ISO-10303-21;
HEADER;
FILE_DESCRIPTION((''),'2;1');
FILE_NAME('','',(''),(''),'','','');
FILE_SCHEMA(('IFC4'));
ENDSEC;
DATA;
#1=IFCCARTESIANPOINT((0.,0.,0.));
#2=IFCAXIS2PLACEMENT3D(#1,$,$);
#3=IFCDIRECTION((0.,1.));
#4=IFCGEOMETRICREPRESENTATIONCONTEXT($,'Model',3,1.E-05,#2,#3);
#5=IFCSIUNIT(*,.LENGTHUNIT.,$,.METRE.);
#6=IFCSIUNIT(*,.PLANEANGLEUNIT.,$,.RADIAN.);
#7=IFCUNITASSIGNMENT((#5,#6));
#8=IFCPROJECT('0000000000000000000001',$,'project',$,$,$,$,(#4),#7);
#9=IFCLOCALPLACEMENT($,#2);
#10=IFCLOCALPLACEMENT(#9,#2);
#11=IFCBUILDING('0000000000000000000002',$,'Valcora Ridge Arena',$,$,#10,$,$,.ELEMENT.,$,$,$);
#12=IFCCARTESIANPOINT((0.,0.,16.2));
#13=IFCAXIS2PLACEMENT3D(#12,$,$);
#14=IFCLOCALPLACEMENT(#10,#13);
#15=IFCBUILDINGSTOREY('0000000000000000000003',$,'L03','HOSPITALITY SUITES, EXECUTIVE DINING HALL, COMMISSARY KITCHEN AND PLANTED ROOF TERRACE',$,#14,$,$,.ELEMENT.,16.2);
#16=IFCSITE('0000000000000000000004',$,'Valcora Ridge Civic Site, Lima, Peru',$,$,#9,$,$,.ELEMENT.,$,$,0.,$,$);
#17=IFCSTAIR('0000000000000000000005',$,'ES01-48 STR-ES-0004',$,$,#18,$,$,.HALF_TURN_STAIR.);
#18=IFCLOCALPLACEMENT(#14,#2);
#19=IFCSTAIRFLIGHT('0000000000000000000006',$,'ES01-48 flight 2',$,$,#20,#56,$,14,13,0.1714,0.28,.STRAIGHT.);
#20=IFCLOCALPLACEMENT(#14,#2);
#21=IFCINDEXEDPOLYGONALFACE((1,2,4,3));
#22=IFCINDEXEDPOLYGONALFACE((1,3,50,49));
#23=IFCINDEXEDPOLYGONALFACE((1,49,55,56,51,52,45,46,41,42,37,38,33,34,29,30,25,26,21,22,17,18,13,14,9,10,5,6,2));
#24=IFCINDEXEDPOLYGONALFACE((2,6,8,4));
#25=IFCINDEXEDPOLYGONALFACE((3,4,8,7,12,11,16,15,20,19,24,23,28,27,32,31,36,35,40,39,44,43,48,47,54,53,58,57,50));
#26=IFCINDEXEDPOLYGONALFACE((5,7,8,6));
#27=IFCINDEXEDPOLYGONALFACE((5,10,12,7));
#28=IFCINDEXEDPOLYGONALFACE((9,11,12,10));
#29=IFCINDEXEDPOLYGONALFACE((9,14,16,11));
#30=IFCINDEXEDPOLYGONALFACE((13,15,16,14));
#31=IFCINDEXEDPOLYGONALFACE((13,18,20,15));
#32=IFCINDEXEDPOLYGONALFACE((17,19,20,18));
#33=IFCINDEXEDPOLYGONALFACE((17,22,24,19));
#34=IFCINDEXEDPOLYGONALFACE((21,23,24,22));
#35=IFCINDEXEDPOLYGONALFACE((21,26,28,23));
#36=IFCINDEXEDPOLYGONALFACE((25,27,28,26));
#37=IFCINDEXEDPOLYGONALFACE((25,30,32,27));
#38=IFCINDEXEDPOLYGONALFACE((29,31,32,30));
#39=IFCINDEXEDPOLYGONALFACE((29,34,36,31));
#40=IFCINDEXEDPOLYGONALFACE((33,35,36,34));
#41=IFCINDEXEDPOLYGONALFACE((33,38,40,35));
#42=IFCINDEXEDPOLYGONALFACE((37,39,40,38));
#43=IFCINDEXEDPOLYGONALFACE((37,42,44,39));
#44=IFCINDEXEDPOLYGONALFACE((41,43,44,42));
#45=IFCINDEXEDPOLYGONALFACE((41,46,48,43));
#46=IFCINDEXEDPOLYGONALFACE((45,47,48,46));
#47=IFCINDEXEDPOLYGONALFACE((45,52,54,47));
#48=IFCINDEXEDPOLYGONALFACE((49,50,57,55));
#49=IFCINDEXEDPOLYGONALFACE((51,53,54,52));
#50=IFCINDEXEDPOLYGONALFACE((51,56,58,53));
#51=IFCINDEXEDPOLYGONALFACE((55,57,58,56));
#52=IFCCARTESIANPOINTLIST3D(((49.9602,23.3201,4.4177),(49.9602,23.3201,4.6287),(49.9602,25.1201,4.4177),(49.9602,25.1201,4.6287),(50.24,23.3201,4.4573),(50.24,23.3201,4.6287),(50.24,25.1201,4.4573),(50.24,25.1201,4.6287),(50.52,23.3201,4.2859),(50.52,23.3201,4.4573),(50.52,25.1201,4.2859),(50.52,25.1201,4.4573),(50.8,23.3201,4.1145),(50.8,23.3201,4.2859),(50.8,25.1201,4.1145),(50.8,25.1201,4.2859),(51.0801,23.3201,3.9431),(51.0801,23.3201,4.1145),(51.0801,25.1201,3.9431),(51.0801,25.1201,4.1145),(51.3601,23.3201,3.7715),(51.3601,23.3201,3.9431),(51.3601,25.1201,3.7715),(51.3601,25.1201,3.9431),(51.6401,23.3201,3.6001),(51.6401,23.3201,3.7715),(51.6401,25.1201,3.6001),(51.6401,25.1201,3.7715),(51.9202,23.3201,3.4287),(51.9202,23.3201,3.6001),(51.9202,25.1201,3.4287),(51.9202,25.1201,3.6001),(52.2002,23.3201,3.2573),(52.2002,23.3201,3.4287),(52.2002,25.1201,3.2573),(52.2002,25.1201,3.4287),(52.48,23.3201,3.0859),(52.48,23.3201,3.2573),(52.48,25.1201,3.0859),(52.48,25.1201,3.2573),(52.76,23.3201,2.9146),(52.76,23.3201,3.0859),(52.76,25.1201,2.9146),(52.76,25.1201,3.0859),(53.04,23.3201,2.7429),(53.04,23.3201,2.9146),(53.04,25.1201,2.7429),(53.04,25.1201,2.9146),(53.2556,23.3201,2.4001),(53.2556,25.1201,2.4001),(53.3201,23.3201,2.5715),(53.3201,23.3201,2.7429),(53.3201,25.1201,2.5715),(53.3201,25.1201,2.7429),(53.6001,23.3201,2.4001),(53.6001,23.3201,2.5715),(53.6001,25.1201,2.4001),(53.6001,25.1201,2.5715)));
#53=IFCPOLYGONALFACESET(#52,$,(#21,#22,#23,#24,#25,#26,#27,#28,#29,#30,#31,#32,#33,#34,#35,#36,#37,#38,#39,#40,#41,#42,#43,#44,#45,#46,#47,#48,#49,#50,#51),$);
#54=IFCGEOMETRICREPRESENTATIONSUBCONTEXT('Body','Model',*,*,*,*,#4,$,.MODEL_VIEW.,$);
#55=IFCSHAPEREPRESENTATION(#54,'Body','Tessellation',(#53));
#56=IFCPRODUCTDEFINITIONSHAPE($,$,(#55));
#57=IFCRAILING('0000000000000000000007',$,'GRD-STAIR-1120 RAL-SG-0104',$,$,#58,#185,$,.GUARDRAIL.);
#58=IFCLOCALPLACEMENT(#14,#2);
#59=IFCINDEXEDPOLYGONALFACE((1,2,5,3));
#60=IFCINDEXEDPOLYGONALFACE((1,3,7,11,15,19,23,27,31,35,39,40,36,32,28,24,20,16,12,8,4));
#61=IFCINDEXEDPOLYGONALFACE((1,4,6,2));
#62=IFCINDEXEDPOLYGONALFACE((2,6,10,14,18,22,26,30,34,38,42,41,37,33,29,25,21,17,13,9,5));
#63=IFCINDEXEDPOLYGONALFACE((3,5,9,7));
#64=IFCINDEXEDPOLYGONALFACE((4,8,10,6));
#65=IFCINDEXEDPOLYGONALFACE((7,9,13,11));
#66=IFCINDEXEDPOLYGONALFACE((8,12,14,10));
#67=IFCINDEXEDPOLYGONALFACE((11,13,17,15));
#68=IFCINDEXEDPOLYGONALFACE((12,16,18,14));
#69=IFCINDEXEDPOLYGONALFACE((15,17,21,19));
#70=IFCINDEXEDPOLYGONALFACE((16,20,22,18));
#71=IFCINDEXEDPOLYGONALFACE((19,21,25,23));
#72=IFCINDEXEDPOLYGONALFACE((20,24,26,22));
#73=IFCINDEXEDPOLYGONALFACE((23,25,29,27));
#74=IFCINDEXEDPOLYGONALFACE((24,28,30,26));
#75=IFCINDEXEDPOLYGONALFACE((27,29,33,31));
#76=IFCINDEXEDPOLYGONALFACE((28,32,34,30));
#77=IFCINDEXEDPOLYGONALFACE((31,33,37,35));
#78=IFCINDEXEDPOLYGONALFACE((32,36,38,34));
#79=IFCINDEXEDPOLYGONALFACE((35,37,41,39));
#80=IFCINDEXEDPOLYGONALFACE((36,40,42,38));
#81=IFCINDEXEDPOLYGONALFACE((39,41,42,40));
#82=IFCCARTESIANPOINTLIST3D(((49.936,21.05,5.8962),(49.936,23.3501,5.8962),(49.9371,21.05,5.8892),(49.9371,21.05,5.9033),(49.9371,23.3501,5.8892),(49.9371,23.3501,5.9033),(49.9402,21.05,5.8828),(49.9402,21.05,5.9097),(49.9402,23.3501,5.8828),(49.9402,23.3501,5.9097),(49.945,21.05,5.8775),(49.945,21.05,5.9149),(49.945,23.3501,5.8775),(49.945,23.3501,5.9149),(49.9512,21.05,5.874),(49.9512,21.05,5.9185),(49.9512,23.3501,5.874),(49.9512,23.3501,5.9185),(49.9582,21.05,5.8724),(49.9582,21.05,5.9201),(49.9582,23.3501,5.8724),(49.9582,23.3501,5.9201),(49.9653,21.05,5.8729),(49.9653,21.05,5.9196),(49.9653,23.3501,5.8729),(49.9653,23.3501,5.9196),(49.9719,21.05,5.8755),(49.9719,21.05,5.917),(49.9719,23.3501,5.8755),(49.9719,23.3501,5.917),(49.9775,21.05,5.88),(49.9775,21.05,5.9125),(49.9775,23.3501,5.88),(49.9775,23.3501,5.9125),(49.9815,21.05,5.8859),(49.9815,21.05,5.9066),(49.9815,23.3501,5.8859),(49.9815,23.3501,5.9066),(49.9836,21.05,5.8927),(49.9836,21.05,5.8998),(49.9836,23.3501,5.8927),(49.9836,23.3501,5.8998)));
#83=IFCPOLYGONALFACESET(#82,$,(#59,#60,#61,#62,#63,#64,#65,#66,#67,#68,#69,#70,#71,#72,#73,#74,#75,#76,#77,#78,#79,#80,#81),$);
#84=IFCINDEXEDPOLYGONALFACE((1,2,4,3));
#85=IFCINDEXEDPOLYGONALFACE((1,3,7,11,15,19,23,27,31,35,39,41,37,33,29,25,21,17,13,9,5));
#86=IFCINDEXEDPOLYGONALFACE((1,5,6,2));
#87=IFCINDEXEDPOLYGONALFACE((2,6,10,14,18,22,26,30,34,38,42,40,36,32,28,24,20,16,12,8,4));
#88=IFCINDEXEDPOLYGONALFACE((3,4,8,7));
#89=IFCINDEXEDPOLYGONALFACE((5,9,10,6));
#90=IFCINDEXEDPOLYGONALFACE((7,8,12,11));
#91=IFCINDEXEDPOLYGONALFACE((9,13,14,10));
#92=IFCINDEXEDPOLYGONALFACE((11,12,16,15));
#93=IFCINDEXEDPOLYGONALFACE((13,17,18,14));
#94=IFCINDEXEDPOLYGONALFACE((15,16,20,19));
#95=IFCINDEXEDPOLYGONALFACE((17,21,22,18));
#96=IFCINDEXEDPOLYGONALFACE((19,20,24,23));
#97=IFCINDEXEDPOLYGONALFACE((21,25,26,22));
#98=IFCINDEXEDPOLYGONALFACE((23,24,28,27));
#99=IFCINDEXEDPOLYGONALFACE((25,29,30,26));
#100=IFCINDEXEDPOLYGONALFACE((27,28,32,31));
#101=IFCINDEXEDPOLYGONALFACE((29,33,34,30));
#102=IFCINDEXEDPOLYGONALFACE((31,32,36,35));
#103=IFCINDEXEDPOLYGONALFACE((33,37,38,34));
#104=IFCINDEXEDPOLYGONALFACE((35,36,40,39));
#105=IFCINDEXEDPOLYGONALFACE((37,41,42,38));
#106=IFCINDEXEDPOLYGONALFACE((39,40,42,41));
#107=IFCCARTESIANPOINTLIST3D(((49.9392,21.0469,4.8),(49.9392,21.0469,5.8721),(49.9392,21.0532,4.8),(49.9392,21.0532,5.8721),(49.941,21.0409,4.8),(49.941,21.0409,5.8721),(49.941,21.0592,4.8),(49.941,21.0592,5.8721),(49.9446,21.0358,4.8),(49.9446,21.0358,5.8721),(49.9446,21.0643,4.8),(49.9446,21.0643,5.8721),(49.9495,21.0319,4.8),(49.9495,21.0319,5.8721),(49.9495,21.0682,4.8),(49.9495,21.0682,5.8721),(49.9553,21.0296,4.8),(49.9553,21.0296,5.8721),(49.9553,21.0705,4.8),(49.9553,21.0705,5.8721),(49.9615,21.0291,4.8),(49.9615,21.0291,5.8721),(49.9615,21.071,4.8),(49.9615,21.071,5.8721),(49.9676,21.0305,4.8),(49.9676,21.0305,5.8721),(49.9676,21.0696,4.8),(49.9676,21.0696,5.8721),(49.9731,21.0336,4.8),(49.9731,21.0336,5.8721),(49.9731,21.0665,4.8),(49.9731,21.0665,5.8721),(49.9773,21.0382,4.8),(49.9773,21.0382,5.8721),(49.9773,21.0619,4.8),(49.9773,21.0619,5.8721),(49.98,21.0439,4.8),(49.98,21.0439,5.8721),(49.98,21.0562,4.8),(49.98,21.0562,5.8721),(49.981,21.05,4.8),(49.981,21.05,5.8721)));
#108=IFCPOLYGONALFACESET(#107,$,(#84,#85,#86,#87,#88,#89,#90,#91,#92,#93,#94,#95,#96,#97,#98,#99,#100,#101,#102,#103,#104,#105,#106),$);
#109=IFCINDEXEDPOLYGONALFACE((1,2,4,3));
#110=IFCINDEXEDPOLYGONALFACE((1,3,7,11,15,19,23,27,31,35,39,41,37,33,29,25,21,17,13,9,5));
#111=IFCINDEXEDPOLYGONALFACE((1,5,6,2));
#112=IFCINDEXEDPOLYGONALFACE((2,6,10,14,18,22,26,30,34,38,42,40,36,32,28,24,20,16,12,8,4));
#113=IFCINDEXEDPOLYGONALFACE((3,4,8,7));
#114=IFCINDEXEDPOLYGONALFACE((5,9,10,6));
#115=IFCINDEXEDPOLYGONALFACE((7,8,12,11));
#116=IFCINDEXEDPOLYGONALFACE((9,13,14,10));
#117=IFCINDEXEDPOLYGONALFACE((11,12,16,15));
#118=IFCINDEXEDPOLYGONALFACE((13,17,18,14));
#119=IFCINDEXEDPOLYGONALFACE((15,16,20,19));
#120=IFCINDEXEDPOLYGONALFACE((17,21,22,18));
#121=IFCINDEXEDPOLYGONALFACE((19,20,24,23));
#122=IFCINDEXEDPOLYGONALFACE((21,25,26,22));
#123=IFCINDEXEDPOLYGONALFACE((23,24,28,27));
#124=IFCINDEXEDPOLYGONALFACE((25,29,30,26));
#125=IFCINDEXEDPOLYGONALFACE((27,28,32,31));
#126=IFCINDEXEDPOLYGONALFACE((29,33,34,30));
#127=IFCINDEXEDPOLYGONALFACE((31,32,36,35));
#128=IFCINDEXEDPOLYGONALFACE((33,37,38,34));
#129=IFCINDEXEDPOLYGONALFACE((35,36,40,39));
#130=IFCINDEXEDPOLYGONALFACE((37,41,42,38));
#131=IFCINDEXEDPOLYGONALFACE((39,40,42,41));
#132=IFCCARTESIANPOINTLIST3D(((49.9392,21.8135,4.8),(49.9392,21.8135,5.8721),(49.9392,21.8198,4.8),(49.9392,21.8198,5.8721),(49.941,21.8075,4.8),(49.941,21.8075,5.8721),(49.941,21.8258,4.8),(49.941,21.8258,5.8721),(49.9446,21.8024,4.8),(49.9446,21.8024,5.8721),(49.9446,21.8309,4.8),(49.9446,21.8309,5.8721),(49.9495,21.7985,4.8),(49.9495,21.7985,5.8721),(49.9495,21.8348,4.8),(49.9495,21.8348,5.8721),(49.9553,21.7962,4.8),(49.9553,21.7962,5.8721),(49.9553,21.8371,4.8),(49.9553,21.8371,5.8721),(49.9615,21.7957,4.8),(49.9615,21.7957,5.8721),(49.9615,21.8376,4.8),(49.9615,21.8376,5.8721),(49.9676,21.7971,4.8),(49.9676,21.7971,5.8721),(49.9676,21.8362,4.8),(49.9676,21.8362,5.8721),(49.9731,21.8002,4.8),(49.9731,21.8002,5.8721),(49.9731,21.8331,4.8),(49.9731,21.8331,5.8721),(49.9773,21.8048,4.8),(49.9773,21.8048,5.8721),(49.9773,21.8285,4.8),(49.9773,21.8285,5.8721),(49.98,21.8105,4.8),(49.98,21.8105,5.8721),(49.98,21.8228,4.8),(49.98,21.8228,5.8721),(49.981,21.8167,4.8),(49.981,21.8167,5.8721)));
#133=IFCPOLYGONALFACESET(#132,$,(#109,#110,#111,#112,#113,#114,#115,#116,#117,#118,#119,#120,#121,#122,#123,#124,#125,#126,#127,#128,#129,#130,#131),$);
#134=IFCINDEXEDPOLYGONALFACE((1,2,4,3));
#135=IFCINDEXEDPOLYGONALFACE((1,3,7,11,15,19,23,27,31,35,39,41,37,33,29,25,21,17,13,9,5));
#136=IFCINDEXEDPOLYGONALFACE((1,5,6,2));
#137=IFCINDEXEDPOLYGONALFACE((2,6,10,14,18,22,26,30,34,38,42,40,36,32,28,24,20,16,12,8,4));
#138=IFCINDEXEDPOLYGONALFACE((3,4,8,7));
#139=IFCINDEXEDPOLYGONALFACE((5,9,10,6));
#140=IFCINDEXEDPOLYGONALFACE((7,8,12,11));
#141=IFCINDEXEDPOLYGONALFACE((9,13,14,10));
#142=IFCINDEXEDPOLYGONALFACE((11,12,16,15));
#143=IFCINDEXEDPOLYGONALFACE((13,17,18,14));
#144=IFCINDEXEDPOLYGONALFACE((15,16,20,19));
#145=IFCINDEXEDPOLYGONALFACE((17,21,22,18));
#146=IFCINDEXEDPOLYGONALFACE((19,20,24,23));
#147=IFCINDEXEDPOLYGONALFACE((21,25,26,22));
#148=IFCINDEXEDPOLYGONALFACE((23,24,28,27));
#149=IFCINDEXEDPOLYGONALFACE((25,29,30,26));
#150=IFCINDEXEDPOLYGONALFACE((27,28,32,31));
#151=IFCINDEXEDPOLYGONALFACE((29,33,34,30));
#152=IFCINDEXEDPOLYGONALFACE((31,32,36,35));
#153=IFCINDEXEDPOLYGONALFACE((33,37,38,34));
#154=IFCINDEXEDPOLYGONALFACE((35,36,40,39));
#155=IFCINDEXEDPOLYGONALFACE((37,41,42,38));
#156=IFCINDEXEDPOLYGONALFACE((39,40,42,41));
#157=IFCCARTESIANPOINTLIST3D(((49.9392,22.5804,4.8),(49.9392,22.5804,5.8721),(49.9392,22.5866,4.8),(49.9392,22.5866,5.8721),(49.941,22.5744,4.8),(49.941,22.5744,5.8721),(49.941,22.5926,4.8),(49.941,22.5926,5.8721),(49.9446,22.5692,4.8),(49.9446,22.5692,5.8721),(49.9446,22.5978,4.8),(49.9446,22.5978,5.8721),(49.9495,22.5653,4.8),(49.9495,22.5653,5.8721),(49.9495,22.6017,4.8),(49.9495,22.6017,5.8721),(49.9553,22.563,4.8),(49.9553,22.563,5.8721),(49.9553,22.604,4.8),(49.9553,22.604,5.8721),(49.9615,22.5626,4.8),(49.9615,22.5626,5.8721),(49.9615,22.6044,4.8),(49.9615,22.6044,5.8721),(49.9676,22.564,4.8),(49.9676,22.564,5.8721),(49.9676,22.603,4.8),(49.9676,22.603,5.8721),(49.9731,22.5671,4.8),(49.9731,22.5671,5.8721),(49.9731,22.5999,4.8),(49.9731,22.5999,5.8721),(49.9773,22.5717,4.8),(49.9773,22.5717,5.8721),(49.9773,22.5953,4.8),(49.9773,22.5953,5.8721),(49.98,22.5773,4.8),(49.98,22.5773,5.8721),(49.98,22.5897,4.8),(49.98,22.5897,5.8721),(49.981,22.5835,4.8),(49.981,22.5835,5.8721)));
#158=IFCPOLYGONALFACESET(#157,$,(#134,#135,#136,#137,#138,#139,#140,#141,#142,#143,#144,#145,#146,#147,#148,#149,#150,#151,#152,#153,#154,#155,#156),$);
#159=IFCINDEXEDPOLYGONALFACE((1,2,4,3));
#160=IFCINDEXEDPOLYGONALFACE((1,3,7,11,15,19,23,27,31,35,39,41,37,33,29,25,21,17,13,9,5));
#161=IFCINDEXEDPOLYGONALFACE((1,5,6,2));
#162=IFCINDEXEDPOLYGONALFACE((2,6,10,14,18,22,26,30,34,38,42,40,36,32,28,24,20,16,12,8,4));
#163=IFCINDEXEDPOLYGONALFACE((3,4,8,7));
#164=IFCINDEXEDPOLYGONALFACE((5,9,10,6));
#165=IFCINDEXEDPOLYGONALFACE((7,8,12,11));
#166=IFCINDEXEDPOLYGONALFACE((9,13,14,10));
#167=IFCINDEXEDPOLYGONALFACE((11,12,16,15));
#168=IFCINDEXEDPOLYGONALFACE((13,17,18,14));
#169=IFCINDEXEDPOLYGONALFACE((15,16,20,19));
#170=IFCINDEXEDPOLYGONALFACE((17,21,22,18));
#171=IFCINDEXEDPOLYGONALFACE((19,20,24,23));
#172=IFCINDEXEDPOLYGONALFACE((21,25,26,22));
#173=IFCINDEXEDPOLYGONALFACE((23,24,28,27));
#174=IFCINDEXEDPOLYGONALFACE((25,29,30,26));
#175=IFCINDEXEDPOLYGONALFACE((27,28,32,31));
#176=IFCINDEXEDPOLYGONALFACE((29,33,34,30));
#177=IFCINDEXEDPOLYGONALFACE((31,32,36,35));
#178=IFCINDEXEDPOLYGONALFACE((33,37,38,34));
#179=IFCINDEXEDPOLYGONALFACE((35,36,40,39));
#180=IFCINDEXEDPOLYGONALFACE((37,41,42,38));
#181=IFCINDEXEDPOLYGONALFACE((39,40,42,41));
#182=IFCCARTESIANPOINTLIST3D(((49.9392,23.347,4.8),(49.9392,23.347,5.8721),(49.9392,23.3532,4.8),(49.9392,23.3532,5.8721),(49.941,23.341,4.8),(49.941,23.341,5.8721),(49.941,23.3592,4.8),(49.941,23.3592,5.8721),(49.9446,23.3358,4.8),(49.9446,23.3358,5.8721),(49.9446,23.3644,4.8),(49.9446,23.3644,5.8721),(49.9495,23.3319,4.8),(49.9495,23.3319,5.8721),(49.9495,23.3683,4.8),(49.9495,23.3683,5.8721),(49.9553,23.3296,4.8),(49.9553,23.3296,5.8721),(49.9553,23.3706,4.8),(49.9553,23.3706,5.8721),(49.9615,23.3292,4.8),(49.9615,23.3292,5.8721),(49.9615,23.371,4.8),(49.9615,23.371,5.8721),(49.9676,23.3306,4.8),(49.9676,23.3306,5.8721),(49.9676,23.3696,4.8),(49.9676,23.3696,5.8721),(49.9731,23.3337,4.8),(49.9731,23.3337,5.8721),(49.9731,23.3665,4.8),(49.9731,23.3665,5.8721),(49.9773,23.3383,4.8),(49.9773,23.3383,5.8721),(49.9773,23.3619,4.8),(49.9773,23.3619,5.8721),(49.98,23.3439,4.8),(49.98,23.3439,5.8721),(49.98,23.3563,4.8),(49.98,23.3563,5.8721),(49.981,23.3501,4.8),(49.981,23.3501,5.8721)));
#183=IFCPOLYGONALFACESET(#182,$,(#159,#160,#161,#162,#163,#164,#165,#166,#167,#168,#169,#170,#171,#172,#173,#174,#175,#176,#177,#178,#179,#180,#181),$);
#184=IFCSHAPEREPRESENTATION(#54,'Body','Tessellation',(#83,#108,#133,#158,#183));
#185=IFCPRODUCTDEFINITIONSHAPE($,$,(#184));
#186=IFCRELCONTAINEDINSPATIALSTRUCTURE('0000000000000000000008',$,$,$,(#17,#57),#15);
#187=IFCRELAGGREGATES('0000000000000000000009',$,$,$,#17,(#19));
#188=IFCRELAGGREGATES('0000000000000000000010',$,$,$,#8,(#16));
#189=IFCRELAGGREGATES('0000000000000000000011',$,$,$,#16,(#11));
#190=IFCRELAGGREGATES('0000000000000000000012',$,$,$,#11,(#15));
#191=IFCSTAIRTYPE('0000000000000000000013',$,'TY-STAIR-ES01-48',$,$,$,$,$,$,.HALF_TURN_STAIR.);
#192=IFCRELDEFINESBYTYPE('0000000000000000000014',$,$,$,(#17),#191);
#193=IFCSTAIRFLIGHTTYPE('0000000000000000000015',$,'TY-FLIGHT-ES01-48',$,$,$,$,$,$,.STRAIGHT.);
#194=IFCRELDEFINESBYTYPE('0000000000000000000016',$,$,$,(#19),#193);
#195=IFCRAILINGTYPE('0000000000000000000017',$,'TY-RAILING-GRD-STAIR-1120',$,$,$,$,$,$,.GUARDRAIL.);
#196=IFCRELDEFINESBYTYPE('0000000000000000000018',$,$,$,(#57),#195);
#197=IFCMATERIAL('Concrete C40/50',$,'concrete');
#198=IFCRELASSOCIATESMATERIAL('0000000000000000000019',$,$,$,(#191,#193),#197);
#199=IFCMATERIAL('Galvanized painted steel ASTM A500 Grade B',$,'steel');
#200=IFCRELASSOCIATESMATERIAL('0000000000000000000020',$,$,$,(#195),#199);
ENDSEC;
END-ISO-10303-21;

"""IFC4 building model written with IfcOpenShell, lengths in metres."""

from ifc_helpers import new_model, si_unit, direction, frame, origin, origin_2d, place, context, subcontext, project, spatial, polyline, circle, outline, extrude, material, type_object, element, aggregate, save


model = new_model("IFC4")

# Units and contexts
model_context = context("Model", 3, precision=1e-05, world=origin(), true_north=direction((0.0, 1.0)))
body_context = subcontext(model_context, "Body", "Model", "MODEL_VIEW")
ifc_project = project(units=[si_unit("LENGTHUNIT", "METRE"), si_unit("PLANEANGLEUNIT", "RADIAN")], contexts=[model_context])

# Site, building, storey
site_placement = place(None, origin())
site = spatial("IfcSite", under=ifc_project, at=site_placement, Name="Valcora Ridge Civic Site, Lima, Peru", CompositionType="ELEMENT", RefElevation=0.0)
building_placement = place(site_placement, origin())
building = spatial("IfcBuilding", under=site, at=building_placement, Name="Valcora Ridge Arena", CompositionType="ELEMENT")
storey_placement = place(building_placement, frame((0.0, 0.0, 16.2)))
storey = spatial("IfcBuildingStorey", under=building, at=storey_placement, Name="L03", Description="HOSPITALITY SUITES, EXECUTIVE DINING HALL, COMMISSARY KITCHEN AND PLANTED ROOF TERRACE", CompositionType="ELEMENT", Elevation=16.2)

# Shared definitions
ifc_material_1 = material(Name="Concrete C40/50", Category="concrete")

# Stair, stair flight
stair_type = type_object("IfcStairType", Name="TY-STAIR-ES01-48", PredefinedType="HALF_TURN_STAIR", material=ifc_material_1)
stair_placement = place(storey_placement, origin())
stair = element("IfcStair", 1, at=stair_placement, inside=storey, type_object=stair_type, Name="ES01-48 STR-ES-0004", PredefinedType="HALF_TURN_STAIR")
stair_flight_type = type_object("IfcStairFlightType", Name="TY-FLIGHT-ES01-48", PredefinedType="STRAIGHT", material=ifc_material_1)
stair_flight_1_placement = place(storey_placement, frame((53.6001, 24.22, 2.4001), z_axis=(0.0, 0.0, 1.0), x_axis=(-1.0, 0.0, 0.0)))
stair_flight_1 = element("IfcStairFlight", 2, at=stair_flight_1_placement, type_object=stair_flight_type, Name="ES01-48 flight 2", NumberOfRisers=14, NumberOfTreads=13, PredefinedType="STRAIGHT", RiserHeight=0.1714, TreadLength=0.28, context=body_context, shape_type="SweptSolid", body=[
    extrude(outline(polyline([(0.0, 0.0), (0.0, 0.1714), (0.28, 0.1714), (0.28, 0.3428), (0.5601, 0.3428), (0.5601, 0.5144), (0.8401, 0.5144), (0.8401, 0.6858), (1.1201, 0.6858), (1.1201, 0.8572), (1.3999, 0.8572), (1.3999, 1.0286), (1.6799, 1.0286), (1.6799, 1.2), (1.96, 1.2), (1.96, 1.3713), (2.24, 1.3713), (2.24, 1.543), (2.52, 1.543), (2.52, 1.7144), (2.8, 1.7144), (2.8, 1.8857), (3.0801, 1.8857), (3.0801, 2.0571), (3.3601, 2.0571), (3.3601, 2.2285), (3.6399, 2.2285), (3.6399, 2.3999), (3.6399, 2.0176), (0.3445, 0.0), (0.0, 0.0)])), frame((0.0, 0.8999, 0.0), z_axis=(0.0, -1.0, 0.0), x_axis=(1.0, 0.0, 0.0)), (0.0, 0.0, 1.0), 1.8),
])
aggregate(stair, [stair_flight_1])

# Railing
ifc_material_2 = material(Name="Galvanized painted steel ASTM A500 Grade B", Category="steel")
railing_type_1 = type_object("IfcRailingType", Name="TY-RAILING-GRD-STAIR-1120", PredefinedType="GUARDRAIL", material=ifc_material_2)
railing_1_placement = place(storey_placement, frame((49.96, 21.05, 4.8)))
element("IfcRailing", 3, at=railing_1_placement, inside=storey, type_object=railing_type_1, Name="GRD-STAIR-1120 RAL-SG-0104", PredefinedType="GUARDRAIL", context=body_context, shape_type="SweptSolid", body=[
    extrude(circle(Radius=0.0239, at=origin_2d()), frame((0.0, 0.0, 1.0962), z_axis=(0.0, 1.0, 0.0), x_axis=(-1.0, 0.0, 0.0)), (0.0, 0.0, 1.0), 2.3),
    extrude(circle(Radius=0.021, at=origin_2d()), origin(), (0.0, 0.0, 1.0), 1.072),
    extrude(circle(Radius=0.021, at=origin_2d()), frame((0.0, 0.7666, 0.0)), (0.0, 0.0, 1.0), 1.072),
    extrude(circle(Radius=0.021, at=origin_2d()), frame((0.0, 1.5334, 0.0)), (0.0, 0.0, 1.0), 1.072),
    extrude(circle(Radius=0.021, at=origin_2d()), frame((0.0, 2.3, 0.0)), (0.0, 0.0, 1.0), 1.072),
])

save(model, "model.ifc")
